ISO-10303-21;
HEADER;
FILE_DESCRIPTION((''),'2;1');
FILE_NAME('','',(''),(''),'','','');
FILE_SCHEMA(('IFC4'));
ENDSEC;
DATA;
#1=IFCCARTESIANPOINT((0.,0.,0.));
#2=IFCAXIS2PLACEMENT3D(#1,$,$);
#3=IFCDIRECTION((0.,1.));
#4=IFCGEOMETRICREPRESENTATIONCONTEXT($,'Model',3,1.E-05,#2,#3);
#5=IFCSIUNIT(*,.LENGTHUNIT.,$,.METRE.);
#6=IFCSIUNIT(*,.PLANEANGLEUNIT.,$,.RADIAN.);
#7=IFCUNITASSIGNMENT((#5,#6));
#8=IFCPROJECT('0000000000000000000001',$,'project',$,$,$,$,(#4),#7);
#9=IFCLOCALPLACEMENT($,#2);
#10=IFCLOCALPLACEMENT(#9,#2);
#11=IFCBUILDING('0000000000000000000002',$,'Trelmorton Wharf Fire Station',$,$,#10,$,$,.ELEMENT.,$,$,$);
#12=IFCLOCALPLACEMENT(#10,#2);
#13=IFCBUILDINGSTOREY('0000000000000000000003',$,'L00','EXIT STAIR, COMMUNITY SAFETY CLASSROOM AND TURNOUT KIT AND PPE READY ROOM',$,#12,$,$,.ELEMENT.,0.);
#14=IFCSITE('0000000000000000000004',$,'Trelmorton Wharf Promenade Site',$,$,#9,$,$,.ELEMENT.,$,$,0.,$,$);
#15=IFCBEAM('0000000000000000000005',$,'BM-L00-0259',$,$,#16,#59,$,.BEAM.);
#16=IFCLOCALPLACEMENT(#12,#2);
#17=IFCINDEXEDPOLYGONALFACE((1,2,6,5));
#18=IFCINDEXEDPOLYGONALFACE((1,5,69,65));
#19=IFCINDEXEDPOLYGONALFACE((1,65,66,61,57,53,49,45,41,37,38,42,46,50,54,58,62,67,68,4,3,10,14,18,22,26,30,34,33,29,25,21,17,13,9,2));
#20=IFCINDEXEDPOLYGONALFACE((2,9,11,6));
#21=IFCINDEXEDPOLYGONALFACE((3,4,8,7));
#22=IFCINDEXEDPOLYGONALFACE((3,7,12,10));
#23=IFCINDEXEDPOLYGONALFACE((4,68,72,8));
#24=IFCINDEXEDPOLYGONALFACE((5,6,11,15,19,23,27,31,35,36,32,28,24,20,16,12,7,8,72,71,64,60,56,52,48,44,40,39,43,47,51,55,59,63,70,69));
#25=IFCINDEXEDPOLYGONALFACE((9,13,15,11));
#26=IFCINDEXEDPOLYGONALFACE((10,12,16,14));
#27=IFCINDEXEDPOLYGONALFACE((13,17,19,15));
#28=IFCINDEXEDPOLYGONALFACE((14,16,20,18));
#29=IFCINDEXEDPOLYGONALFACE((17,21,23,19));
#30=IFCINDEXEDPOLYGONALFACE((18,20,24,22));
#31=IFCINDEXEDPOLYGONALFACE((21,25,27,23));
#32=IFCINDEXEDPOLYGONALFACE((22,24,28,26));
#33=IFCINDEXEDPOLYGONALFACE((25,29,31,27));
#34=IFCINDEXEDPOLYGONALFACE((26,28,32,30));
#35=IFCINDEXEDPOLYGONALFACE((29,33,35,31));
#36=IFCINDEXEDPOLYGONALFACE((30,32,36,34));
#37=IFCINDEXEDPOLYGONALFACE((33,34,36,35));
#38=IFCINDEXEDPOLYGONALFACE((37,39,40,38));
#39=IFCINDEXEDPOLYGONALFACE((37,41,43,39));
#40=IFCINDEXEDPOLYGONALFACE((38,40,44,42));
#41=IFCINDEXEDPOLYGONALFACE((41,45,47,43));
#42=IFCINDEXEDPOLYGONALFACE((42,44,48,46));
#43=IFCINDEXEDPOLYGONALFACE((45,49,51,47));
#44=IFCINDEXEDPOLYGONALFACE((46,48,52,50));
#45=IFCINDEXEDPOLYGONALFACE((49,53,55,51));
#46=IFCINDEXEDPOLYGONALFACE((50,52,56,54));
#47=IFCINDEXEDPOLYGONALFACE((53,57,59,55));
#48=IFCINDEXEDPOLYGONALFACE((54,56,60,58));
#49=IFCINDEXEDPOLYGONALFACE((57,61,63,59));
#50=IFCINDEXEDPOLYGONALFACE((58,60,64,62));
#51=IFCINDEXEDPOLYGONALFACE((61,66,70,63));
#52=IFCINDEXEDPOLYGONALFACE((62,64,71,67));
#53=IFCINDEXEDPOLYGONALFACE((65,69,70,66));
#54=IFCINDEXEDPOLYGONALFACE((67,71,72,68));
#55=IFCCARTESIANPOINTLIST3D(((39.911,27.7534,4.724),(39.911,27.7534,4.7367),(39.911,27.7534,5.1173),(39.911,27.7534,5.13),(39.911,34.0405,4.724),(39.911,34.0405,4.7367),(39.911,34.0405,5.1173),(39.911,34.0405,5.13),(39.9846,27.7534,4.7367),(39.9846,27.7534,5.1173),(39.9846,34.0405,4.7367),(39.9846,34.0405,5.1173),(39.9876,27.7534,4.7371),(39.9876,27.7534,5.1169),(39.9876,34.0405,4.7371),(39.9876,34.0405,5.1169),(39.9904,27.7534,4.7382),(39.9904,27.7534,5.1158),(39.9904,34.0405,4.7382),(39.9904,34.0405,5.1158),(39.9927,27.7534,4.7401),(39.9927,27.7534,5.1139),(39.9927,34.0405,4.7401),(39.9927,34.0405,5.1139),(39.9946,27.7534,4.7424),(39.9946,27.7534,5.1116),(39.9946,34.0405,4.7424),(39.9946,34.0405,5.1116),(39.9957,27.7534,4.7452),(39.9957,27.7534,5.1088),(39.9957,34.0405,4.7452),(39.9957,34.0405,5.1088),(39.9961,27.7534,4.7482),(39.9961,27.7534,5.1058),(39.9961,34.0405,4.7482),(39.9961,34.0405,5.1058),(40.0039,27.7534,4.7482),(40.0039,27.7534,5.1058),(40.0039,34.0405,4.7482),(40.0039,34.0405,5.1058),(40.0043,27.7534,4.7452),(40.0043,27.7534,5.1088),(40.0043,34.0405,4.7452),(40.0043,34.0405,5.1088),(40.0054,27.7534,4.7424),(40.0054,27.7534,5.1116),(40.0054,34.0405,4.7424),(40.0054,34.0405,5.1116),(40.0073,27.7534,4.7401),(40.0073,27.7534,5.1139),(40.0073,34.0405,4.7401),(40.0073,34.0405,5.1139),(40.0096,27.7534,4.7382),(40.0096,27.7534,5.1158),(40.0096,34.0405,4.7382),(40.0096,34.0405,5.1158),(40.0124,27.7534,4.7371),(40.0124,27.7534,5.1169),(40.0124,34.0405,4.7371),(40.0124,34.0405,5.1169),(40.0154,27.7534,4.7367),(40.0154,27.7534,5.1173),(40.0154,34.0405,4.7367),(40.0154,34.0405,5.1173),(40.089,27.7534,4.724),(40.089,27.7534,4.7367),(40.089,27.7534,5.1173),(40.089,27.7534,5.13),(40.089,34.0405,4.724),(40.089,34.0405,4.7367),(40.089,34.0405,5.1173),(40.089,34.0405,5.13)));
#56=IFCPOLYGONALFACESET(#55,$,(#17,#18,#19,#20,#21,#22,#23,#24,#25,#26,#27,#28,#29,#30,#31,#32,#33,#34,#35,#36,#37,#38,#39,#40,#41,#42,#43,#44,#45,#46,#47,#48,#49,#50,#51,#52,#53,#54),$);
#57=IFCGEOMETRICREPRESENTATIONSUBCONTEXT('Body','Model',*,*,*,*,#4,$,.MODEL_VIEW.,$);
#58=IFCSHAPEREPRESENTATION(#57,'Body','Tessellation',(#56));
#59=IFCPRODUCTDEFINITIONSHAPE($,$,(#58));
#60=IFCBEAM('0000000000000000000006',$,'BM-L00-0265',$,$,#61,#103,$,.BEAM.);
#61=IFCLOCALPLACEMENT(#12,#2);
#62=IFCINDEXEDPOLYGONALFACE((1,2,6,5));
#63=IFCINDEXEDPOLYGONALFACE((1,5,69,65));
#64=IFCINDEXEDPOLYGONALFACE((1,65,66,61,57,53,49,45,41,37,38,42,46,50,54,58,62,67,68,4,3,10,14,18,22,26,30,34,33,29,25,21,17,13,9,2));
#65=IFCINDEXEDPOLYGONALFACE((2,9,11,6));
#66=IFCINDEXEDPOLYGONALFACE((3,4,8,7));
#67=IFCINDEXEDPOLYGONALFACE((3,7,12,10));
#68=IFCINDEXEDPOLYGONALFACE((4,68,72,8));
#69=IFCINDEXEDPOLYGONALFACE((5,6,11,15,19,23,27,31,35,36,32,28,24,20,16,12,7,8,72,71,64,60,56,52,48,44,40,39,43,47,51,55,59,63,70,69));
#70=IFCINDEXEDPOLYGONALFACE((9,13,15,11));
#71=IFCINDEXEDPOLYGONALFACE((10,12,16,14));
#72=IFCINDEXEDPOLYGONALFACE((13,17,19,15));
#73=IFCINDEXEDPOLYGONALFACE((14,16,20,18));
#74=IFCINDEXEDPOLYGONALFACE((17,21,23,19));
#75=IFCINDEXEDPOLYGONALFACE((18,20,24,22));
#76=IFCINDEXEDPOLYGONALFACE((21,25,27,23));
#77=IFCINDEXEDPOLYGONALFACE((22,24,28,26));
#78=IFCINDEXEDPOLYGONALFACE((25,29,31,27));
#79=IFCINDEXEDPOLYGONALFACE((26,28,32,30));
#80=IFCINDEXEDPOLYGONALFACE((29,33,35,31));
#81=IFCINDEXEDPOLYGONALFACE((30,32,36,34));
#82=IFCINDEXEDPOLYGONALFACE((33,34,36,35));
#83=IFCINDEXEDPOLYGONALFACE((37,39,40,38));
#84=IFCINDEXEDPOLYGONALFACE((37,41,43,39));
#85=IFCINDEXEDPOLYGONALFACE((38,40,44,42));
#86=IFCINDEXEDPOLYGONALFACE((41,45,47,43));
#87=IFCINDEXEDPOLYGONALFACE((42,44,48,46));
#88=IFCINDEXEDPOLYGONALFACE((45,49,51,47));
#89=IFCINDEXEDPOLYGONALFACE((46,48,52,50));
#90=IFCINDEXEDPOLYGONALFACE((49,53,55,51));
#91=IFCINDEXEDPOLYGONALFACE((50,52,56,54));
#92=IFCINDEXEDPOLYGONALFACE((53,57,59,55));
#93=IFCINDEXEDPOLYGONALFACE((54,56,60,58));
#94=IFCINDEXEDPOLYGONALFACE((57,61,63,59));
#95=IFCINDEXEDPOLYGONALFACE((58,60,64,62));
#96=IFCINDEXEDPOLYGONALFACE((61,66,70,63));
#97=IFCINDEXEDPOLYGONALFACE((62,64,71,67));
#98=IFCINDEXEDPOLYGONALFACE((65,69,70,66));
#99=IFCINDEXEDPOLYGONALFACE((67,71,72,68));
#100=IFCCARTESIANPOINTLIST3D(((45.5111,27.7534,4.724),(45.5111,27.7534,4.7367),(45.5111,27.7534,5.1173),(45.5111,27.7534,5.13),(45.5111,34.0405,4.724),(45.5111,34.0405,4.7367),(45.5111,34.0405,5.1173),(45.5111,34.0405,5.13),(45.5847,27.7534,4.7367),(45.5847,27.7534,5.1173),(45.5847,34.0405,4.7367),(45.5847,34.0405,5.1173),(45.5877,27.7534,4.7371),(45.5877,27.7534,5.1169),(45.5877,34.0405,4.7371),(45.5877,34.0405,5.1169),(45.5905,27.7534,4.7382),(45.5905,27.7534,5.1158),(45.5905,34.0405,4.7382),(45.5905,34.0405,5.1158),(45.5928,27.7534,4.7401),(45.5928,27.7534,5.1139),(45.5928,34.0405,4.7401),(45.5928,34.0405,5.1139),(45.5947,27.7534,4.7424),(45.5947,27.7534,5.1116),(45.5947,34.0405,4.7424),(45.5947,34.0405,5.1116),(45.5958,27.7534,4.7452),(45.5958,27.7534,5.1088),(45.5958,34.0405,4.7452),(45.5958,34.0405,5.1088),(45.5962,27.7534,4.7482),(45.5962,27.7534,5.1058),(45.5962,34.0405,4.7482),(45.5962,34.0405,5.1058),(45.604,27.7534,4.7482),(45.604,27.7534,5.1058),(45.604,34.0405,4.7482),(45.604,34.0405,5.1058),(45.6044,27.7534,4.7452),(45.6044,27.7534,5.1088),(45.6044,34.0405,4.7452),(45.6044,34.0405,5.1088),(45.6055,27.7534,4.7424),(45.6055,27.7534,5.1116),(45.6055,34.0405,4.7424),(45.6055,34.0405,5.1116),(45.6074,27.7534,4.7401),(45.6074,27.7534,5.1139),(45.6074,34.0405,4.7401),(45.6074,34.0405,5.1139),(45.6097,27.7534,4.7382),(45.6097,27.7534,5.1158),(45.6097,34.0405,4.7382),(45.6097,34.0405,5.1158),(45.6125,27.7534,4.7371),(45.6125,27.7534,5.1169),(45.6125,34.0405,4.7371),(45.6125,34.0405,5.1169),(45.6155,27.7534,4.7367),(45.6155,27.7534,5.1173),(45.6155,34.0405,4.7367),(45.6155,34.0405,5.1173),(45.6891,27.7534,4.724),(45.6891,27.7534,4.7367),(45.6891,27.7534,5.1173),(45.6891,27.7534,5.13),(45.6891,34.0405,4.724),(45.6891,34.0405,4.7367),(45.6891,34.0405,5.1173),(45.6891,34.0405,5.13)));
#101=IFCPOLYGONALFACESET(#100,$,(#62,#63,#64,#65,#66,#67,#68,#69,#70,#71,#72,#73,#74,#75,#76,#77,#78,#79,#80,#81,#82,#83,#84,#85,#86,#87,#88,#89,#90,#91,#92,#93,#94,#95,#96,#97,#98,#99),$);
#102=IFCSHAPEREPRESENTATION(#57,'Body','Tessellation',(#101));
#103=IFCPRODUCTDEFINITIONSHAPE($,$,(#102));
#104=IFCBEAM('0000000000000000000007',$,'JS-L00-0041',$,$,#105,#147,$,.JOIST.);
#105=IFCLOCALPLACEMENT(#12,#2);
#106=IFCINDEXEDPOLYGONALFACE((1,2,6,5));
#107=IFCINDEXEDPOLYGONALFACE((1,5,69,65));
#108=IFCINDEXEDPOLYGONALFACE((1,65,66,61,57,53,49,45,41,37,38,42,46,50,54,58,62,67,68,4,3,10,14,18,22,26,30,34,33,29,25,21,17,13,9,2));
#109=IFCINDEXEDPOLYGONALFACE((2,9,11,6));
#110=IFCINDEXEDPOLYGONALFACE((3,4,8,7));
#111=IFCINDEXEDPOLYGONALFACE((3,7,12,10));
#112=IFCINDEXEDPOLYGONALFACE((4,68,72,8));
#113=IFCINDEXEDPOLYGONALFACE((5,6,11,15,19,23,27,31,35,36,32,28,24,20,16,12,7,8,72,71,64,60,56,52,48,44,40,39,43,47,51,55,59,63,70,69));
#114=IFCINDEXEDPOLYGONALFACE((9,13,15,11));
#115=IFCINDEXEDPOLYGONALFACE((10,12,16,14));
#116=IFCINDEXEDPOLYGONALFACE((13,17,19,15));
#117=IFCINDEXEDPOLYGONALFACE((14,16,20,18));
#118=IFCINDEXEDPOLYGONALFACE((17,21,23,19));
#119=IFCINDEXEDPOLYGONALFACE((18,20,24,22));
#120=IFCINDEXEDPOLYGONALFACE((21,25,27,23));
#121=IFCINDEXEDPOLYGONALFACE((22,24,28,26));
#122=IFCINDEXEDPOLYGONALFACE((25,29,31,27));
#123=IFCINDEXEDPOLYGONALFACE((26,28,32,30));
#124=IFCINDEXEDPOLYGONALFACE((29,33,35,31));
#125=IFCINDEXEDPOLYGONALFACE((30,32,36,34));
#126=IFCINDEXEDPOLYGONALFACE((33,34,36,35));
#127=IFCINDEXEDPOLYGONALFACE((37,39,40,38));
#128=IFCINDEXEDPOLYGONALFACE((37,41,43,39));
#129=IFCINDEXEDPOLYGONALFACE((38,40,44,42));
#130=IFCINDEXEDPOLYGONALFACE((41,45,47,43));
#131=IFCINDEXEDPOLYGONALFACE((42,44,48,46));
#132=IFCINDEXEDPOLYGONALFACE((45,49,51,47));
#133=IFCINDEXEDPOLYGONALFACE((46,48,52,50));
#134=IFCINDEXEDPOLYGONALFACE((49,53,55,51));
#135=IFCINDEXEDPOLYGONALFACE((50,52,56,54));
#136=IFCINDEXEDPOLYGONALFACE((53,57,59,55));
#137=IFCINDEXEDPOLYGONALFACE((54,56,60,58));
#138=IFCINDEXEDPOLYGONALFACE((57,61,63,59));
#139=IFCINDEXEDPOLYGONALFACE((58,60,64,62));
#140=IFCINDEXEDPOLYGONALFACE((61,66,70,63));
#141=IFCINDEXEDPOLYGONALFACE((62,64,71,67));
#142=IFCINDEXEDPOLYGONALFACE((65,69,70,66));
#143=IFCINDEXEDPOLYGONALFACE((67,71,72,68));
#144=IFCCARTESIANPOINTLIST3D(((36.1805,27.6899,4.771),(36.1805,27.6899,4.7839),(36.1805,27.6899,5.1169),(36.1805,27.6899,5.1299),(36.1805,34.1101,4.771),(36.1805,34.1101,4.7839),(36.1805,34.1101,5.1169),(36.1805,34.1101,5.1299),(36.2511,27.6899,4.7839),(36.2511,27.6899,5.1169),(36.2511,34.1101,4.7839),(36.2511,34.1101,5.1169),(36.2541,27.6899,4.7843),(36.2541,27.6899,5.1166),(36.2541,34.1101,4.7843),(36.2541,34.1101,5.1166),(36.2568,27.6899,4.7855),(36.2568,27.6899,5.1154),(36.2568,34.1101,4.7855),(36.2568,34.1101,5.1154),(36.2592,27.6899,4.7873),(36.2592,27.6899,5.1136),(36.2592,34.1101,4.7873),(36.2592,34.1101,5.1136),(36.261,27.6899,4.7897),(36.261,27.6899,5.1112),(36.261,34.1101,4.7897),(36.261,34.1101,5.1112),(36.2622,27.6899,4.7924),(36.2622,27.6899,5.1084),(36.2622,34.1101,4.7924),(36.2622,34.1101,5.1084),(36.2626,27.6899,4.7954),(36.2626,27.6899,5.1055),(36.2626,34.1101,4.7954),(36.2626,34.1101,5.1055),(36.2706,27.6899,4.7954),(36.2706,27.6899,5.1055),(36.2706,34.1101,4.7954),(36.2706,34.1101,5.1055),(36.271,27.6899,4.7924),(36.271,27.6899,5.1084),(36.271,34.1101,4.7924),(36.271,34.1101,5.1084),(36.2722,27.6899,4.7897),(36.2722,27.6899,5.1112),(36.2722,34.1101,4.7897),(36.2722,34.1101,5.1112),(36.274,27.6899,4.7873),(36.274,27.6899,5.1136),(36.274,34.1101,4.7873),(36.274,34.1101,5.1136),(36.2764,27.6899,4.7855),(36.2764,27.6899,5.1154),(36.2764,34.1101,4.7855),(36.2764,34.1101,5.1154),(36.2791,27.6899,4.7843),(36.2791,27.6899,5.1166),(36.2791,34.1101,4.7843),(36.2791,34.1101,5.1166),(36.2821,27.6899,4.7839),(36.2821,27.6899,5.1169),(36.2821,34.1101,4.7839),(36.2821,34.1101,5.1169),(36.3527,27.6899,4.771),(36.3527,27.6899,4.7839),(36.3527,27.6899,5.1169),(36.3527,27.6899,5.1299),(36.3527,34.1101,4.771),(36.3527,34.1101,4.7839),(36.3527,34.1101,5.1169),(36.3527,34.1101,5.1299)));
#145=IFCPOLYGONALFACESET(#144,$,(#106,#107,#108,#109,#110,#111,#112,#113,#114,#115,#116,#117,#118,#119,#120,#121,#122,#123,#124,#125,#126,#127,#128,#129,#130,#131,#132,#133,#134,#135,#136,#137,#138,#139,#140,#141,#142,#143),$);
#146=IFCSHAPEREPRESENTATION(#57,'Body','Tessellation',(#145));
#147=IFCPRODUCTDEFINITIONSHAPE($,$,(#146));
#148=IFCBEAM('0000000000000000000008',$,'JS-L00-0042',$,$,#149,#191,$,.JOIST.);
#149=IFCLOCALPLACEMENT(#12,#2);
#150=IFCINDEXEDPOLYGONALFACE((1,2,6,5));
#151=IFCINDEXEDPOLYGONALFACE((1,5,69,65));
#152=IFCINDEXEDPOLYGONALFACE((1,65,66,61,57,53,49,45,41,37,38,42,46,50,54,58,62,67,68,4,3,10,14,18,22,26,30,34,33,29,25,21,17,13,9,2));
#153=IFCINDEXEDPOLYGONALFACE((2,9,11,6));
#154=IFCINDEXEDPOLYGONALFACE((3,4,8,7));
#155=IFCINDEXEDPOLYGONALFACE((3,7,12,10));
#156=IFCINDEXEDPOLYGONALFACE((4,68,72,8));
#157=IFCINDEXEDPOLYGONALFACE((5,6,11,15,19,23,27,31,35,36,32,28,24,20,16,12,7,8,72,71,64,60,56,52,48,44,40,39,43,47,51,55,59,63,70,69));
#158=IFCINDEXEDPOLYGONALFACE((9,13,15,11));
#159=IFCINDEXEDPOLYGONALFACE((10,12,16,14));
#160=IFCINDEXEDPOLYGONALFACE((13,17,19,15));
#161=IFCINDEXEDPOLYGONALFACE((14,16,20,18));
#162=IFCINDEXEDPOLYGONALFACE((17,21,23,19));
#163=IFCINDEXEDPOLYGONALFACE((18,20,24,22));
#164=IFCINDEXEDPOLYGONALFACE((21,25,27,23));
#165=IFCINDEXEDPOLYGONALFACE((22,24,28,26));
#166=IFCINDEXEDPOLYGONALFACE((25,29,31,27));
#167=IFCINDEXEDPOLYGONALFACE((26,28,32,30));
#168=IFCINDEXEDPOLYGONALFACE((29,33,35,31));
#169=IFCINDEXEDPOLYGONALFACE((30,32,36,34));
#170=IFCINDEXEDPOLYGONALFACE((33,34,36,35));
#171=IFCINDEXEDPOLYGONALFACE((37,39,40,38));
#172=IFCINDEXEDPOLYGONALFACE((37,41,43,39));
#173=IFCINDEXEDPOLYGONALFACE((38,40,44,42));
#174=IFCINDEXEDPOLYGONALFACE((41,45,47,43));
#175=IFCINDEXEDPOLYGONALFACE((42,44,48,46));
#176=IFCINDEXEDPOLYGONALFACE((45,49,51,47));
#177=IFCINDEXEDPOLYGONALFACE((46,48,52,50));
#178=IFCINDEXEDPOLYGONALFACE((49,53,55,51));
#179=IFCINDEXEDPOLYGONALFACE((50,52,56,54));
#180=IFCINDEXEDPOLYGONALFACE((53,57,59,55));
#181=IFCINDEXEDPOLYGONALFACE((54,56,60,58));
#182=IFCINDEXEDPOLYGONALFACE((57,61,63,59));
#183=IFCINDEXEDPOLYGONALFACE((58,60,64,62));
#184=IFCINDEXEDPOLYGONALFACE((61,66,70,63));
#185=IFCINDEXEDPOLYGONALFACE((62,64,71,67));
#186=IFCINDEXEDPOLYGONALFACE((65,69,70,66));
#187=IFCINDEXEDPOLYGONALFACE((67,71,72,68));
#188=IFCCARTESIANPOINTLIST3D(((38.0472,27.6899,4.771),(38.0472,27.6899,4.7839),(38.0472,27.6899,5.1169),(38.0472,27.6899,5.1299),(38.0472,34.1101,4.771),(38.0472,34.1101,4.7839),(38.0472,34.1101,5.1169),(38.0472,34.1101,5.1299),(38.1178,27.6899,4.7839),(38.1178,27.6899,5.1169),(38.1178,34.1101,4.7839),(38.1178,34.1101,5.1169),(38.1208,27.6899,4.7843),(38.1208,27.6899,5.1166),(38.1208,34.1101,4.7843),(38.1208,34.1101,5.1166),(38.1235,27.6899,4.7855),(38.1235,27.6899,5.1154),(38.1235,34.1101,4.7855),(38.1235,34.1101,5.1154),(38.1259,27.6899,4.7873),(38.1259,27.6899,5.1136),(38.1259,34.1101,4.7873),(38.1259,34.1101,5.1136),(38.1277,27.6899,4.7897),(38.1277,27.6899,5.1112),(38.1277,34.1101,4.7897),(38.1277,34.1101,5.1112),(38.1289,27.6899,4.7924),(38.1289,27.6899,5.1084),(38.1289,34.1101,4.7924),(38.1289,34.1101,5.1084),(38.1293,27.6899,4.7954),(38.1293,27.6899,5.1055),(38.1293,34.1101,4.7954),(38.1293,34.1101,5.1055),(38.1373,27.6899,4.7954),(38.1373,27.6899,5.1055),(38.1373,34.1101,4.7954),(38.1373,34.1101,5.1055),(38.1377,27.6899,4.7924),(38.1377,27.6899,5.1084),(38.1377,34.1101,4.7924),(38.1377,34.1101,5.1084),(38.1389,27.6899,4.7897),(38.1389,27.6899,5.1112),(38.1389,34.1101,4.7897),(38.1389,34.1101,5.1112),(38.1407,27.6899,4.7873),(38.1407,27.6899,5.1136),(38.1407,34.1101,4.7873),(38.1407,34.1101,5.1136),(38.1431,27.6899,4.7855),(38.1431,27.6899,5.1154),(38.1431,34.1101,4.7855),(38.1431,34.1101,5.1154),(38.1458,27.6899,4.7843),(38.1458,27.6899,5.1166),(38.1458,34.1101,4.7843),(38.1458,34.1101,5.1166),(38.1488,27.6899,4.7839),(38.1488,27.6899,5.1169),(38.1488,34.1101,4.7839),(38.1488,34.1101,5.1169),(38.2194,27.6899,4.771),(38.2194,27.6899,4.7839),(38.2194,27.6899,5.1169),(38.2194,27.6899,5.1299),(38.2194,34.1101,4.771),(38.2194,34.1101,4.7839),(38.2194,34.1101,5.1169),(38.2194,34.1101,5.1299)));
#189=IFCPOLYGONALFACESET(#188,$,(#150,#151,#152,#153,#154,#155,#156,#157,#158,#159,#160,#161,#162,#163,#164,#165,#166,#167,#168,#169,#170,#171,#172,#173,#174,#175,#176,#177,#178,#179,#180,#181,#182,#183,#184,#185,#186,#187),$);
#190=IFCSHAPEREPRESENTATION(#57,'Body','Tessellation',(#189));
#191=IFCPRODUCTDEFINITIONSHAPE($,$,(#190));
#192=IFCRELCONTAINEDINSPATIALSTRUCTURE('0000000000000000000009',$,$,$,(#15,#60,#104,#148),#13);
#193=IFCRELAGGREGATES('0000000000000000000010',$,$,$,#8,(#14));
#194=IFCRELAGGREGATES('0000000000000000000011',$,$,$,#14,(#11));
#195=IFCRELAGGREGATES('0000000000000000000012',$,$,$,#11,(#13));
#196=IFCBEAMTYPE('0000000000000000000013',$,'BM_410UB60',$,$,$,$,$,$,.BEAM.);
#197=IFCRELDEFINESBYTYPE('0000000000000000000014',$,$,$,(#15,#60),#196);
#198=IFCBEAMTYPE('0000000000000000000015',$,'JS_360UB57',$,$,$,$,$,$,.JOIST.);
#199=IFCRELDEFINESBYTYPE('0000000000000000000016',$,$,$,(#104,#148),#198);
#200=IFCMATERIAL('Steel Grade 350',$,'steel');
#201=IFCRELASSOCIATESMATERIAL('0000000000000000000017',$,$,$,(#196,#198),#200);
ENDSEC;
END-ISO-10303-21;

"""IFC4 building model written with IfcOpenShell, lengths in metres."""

from ifc_helpers import new_model, si_unit, direction, frame, origin, origin_2d, place, context, subcontext, project, spatial, i_section, extrude, material, material_profile, profile_set, type_object, element, save


model = new_model("IFC4")

# Units and contexts
model_context = context("Model", 3, precision=1e-05, world=origin(), true_north=direction((0.0, 1.0)))
body_context = subcontext(model_context, "Body", "Model", "MODEL_VIEW")
ifc_project = project(units=[si_unit("LENGTHUNIT", "METRE"), si_unit("PLANEANGLEUNIT", "RADIAN")], contexts=[model_context])

# Site, building, storey
site_placement = place(None, origin())
site = spatial("IfcSite", under=ifc_project, at=site_placement, Name="Trelmorton Wharf Promenade Site", CompositionType="ELEMENT", RefElevation=0.0)
building_placement = place(site_placement, origin())
building = spatial("IfcBuilding", under=site, at=building_placement, Name="Trelmorton Wharf Fire Station", CompositionType="ELEMENT")
storey_placement = place(building_placement, origin())
storey = spatial("IfcBuildingStorey", under=building, at=storey_placement, Name="L00", Description="EXIT STAIR, COMMUNITY SAFETY CLASSROOM AND TURNOUT KIT AND PPE READY ROOM", CompositionType="ELEMENT", Elevation=0.0)

# Shared definitions
ifc_material_1 = material(Name="Steel Grade 350", Category="steel")

# Beams
ifc_material_profile_1 = material_profile(ifc_material_1, i_section(OverallWidth=0.178, OverallDepth=0.406, WebThickness=0.0078, FlangeThickness=0.0127, FilletRadius=0.0115, at=origin_2d()), Name="410UB59.7")
ifc_profile_set_1 = profile_set([ifc_material_profile_1], Name="Steel Grade 350")
beam_type_1 = type_object("IfcBeamType", Name="BM_410UB60", PredefinedType="BEAM", material=ifc_profile_set_1)
for number, where, z_axis, x_axis, name in (
    (1, (40.0, 27.7534, 4.927), (0.0, 1.0, 0.0), (-1.0, 0.0, 0.0), "BM-L00-0259"),
    (2, (45.6001, 27.7534, 4.927), (0.0, 1.0, 0.0), (-1.0, 0.0, 0.0), "BM-L00-0265"),
):
    element("IfcBeam", number, at=place(storey_placement, frame(where, z_axis=z_axis, x_axis=x_axis)), inside=storey, type_object=beam_type_1, Name=name, PredefinedType="BEAM", context=body_context, shape_type="SweptSolid", body=[
        extrude(i_section(OverallWidth=0.178, OverallDepth=0.406, WebThickness=0.0078, FlangeThickness=0.0127, FilletRadius=0.0115, at=origin_2d()), origin(), (0.0, 0.0, 1.0), 6.2871),
    ])
ifc_material_profile_2 = material_profile(ifc_material_1, i_section(OverallWidth=0.1721, OverallDepth=0.3589, WebThickness=0.0081, FlangeThickness=0.0129, FilletRadius=0.0115, at=origin_2d()), Name="360UB56.7")
ifc_profile_set_2 = profile_set([ifc_material_profile_2], Name="Steel Grade 350")
beam_type_2 = type_object("IfcBeamType", Name="JS_360UB57", PredefinedType="JOIST", material=ifc_profile_set_2)
for number, where, z_axis, x_axis, name in (
    (3, (36.2666, 27.6899, 4.9504), (0.0, 1.0, 0.0), (-1.0, 0.0, 0.0), "JS-L00-0041"),
    (4, (38.1333, 27.6899, 4.9504), (0.0, 1.0, 0.0), (-1.0, 0.0, 0.0), "JS-L00-0042"),
):
    element("IfcBeam", number, at=place(storey_placement, frame(where, z_axis=z_axis, x_axis=x_axis)), inside=storey, type_object=beam_type_2, Name=name, PredefinedType="JOIST", context=body_context, shape_type="SweptSolid", body=[
        extrude(i_section(OverallWidth=0.1721, OverallDepth=0.3589, WebThickness=0.0081, FlangeThickness=0.0129, FilletRadius=0.0115, at=origin_2d()), origin(), (0.0, 0.0, 1.0), 6.4202),
    ])

save(model, "model.ifc")
